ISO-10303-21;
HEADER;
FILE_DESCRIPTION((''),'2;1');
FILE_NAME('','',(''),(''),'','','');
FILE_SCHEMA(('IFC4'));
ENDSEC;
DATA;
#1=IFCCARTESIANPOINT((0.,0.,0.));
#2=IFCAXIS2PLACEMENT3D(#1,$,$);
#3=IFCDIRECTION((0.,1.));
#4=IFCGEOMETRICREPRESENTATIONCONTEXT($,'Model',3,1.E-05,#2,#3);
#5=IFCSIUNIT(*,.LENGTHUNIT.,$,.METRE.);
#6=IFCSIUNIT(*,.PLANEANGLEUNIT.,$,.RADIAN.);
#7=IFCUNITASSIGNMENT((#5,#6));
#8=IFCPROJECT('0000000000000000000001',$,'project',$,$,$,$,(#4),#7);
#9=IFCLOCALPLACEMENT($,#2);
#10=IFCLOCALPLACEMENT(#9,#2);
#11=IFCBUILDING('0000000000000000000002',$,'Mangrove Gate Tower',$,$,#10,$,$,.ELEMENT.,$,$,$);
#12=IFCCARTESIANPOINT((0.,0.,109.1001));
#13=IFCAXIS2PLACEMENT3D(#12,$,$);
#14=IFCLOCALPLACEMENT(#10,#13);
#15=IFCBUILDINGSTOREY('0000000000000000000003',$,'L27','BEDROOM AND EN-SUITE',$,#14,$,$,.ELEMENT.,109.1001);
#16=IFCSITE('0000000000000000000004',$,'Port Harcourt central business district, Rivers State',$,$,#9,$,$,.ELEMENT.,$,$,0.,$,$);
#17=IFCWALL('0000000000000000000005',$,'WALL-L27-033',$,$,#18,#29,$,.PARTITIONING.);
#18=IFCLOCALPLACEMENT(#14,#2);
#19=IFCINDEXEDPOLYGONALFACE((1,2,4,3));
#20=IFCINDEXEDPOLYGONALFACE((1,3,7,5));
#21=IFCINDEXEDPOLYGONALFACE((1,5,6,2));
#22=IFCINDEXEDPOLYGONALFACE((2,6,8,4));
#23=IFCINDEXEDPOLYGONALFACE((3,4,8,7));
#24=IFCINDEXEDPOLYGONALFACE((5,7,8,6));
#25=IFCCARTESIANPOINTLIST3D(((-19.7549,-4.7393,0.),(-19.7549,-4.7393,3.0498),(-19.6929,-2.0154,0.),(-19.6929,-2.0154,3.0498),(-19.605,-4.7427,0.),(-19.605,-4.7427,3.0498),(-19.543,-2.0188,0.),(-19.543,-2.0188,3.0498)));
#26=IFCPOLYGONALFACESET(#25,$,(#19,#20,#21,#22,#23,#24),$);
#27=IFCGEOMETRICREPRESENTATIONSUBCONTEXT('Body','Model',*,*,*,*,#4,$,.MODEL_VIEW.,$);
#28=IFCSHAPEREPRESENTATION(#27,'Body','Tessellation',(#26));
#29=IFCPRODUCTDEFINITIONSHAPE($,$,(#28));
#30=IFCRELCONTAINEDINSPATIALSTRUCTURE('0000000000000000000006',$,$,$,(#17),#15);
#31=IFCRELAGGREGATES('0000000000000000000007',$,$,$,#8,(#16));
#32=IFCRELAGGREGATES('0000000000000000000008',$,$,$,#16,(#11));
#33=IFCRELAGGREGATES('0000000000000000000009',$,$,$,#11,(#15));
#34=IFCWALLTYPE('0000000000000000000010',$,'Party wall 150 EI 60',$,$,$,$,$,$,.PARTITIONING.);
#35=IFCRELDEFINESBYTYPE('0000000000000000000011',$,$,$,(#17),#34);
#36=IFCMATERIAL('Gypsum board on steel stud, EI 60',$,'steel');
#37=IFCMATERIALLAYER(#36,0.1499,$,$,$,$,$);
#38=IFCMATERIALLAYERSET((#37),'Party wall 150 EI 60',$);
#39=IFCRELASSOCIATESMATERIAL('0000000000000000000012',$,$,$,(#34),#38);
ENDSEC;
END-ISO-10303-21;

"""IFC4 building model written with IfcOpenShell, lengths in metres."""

from ifc_helpers import new_model, si_unit, direction, frame, frame_2d, origin, place, context, subcontext, project, spatial, rectangle, extrude, material, layer, layer_set, type_object, element, save


model = new_model("IFC4")

# Units and contexts
model_context = context("Model", 3, precision=1e-05, world=origin(), true_north=direction((0.0, 1.0)))
body_context = subcontext(model_context, "Body", "Model", "MODEL_VIEW")
ifc_project = project(units=[si_unit("LENGTHUNIT", "METRE"), si_unit("PLANEANGLEUNIT", "RADIAN")], contexts=[model_context])

# Site, building, storey
site_placement = place(None, origin())
site = spatial("IfcSite", under=ifc_project, at=site_placement, Name="Port Harcourt central business district, Rivers State", CompositionType="ELEMENT", RefElevation=0.0)
building_placement = place(site_placement, origin())
building = spatial("IfcBuilding", under=site, at=building_placement, Name="Mangrove Gate Tower", CompositionType="ELEMENT")
storey_placement = place(building_placement, frame((0.0, 0.0, 109.1001)))
storey = spatial("IfcBuildingStorey", under=building, at=storey_placement, Name="L27", Description="BEDROOM AND EN-SUITE", CompositionType="ELEMENT", Elevation=109.1001)

# Wall
ifc_material_1 = material(Name="Gypsum board on steel stud, EI 60", Category="steel")
ifc_layer_1 = layer(ifc_material_1, 0.1499)
ifc_layer_set_1 = layer_set([ifc_layer_1], Name="Party wall 150 EI 60")
wall_type_1 = type_object("IfcWallType", Name="Party wall 150 EI 60", PredefinedType="PARTITIONING", material=ifc_layer_set_1)
wall_1_placement = place(storey_placement, frame((-19.6799, -4.741, 0.0), z_axis=(0.0, 0.0, 1.0), x_axis=(0.02276, 0.999741, 0.0)))
element("IfcWall", 1, at=wall_1_placement, inside=storey, type_object=wall_type_1, Name="WALL-L27-033", PredefinedType="PARTITIONING", context=body_context, shape_type="SweptSolid", body=[
    extrude(rectangle(XDim=2.7246, YDim=0.1499, at=frame_2d((1.3623, 0.0))), origin(), (0.0, 0.0, 1.0), 3.0498),
])

save(model, "model.ifc")
